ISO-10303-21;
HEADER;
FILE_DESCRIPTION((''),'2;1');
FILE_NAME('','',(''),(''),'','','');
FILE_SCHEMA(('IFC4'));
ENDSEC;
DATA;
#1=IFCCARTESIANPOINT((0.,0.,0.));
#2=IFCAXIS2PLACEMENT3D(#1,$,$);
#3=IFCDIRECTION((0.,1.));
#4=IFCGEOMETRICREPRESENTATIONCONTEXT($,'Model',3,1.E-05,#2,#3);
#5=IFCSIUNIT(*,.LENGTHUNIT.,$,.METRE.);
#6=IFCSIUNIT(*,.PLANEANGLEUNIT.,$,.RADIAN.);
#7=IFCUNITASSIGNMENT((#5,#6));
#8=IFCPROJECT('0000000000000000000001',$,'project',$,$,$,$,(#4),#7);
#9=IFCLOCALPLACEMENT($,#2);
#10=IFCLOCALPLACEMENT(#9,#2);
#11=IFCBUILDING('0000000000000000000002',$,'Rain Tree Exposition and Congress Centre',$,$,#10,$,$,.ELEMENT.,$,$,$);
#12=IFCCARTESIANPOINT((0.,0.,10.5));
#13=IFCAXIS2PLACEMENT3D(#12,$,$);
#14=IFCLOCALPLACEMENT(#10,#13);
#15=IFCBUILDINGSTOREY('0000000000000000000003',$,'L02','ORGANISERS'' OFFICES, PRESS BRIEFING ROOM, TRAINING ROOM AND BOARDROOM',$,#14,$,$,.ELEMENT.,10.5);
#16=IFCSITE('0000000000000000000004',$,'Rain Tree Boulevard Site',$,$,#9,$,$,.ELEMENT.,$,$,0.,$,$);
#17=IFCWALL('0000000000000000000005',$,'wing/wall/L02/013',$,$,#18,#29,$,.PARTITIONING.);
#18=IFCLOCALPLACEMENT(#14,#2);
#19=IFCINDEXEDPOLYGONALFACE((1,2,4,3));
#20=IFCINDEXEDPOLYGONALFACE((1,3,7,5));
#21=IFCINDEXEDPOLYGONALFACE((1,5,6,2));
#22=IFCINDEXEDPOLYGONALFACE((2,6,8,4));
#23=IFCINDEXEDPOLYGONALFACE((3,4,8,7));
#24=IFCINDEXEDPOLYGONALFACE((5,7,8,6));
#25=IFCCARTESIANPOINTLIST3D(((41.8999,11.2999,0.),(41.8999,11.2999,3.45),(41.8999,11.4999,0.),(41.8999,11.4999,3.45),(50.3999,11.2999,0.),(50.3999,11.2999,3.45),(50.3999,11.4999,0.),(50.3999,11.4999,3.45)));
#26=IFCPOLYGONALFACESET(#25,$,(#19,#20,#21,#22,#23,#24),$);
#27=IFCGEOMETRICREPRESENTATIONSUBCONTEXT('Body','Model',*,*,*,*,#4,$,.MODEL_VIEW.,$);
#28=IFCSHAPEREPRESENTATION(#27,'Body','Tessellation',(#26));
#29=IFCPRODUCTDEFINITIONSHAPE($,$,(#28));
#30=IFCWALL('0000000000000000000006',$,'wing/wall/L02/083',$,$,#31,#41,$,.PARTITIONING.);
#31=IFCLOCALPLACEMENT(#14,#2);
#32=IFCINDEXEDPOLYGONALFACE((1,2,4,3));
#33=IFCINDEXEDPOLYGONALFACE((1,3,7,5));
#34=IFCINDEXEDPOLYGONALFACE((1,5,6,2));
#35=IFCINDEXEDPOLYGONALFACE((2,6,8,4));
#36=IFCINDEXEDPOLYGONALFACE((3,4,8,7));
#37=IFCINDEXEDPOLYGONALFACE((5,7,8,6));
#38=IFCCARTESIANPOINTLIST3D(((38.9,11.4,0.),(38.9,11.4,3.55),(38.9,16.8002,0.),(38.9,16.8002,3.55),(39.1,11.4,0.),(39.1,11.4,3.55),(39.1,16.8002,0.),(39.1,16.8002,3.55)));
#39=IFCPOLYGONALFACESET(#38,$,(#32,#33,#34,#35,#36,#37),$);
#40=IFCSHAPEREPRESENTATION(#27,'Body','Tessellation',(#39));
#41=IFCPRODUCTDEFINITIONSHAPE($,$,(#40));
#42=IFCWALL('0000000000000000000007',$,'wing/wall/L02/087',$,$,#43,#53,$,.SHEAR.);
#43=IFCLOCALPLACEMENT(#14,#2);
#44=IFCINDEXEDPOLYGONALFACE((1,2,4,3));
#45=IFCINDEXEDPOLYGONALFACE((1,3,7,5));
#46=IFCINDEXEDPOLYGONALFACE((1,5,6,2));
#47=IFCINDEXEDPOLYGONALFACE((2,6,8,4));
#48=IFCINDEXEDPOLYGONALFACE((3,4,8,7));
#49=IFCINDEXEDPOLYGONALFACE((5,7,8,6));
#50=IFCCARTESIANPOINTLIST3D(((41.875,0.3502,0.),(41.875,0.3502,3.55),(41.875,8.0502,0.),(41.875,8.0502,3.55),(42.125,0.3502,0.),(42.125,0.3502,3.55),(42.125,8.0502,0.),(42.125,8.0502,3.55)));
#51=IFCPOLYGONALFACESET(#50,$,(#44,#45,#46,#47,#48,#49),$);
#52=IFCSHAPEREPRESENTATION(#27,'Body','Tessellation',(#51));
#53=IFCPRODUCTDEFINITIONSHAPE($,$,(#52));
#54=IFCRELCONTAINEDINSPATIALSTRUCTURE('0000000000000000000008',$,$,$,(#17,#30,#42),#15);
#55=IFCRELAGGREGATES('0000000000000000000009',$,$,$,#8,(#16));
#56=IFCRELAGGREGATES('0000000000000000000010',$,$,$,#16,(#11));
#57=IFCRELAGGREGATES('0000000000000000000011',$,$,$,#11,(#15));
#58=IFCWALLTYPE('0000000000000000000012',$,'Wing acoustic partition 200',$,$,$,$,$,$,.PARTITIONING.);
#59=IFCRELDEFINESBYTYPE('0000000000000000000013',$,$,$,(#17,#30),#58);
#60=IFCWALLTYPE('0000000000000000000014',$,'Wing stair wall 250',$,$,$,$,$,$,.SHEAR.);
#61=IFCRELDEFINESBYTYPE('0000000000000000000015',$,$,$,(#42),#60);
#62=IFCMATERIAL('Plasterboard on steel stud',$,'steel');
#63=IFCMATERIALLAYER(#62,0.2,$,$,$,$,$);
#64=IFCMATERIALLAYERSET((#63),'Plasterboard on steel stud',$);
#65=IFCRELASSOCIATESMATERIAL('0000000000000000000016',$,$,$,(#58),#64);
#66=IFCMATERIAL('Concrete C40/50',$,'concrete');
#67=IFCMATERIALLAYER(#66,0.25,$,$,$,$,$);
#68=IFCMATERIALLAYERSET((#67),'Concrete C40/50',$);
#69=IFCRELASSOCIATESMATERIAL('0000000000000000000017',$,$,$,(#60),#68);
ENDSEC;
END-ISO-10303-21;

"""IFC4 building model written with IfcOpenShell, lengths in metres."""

from ifc_helpers import new_model, si_unit, direction, frame, frame_2d, origin, place, context, subcontext, project, spatial, rectangle, extrude, material, layer, layer_set, type_object, element, save


model = new_model("IFC4")

# Units and contexts
model_context = context("Model", 3, precision=1e-05, world=origin(), true_north=direction((0.0, 1.0)))
body_context = subcontext(model_context, "Body", "Model", "MODEL_VIEW")
ifc_project = project(units=[si_unit("LENGTHUNIT", "METRE"), si_unit("PLANEANGLEUNIT", "RADIAN")], contexts=[model_context])

# Site, building, storey
site_placement = place(None, origin())
site = spatial("IfcSite", under=ifc_project, at=site_placement, Name="Rain Tree Boulevard Site", CompositionType="ELEMENT", RefElevation=0.0)
building_placement = place(site_placement, origin())
building = spatial("IfcBuilding", under=site, at=building_placement, Name="Rain Tree Exposition and Congress Centre", CompositionType="ELEMENT")
storey_placement = place(building_placement, frame((0.0, 0.0, 10.5)))
storey = spatial("IfcBuildingStorey", under=building, at=storey_placement, Name="L02", Description="ORGANISERS' OFFICES, PRESS BRIEFING ROOM, TRAINING ROOM AND BOARDROOM", CompositionType="ELEMENT", Elevation=10.5)

# Walls
ifc_material_1 = material(Name="Plasterboard on steel stud", Category="steel")
ifc_layer_1 = layer(ifc_material_1, 0.2)
ifc_layer_set_1 = layer_set([ifc_layer_1], Name="Plasterboard on steel stud")
wall_type_1 = type_object("IfcWallType", Name="Wing acoustic partition 200", PredefinedType="PARTITIONING", material=ifc_layer_set_1)
wall_1_placement = place(storey_placement, frame((41.8999, 11.3999, 0.0), z_axis=(0.0, 0.0, 1.0), x_axis=(1.0, 0.0, 0.0)))
element("IfcWall", 1, at=wall_1_placement, inside=storey, type_object=wall_type_1, Name="wing/wall/L02/013", PredefinedType="PARTITIONING", context=body_context, shape_type="SweptSolid", body=[
    extrude(rectangle(XDim=8.5, YDim=0.2, at=frame_2d((4.25, 0.0))), origin(), (0.0, 0.0, 1.0), 3.45),
])
wall_2_placement = place(storey_placement, frame((39.0, 11.3999, 0.0), z_axis=(0.0, 0.0, 1.0), x_axis=(0.0, 1.0, 0.0)))
element("IfcWall", 2, at=wall_2_placement, inside=storey, type_object=wall_type_1, Name="wing/wall/L02/083", PredefinedType="PARTITIONING", context=body_context, shape_type="SweptSolid", body=[
    extrude(rectangle(XDim=5.4001, YDim=0.2, at=frame_2d((2.7002, 0.0))), origin(), (0.0, 0.0, 1.0), 3.55),
])

# Wall
ifc_material_2 = material(Name="Concrete C40/50", Category="concrete")
ifc_layer_2 = layer(ifc_material_2, 0.25)
ifc_layer_set_2 = layer_set([ifc_layer_2], Name="Concrete C40/50")
wall_type_2 = type_object("IfcWallType", Name="Wing stair wall 250", PredefinedType="SHEAR", material=ifc_layer_set_2)
wall_3_placement = place(storey_placement, frame((42.0, 0.3501, 0.0), z_axis=(0.0, 0.0, 1.0), x_axis=(0.0, 1.0, 0.0)))
element("IfcWall", 3, at=wall_3_placement, inside=storey, type_object=wall_type_2, Name="wing/wall/L02/087", PredefinedType="SHEAR", context=body_context, shape_type="SweptSolid", body=[
    extrude(rectangle(XDim=7.7, YDim=0.25, at=frame_2d((3.8501, 0.0))), origin(), (0.0, 0.0, 1.0), 3.55),
])

save(model, "model.ifc")
